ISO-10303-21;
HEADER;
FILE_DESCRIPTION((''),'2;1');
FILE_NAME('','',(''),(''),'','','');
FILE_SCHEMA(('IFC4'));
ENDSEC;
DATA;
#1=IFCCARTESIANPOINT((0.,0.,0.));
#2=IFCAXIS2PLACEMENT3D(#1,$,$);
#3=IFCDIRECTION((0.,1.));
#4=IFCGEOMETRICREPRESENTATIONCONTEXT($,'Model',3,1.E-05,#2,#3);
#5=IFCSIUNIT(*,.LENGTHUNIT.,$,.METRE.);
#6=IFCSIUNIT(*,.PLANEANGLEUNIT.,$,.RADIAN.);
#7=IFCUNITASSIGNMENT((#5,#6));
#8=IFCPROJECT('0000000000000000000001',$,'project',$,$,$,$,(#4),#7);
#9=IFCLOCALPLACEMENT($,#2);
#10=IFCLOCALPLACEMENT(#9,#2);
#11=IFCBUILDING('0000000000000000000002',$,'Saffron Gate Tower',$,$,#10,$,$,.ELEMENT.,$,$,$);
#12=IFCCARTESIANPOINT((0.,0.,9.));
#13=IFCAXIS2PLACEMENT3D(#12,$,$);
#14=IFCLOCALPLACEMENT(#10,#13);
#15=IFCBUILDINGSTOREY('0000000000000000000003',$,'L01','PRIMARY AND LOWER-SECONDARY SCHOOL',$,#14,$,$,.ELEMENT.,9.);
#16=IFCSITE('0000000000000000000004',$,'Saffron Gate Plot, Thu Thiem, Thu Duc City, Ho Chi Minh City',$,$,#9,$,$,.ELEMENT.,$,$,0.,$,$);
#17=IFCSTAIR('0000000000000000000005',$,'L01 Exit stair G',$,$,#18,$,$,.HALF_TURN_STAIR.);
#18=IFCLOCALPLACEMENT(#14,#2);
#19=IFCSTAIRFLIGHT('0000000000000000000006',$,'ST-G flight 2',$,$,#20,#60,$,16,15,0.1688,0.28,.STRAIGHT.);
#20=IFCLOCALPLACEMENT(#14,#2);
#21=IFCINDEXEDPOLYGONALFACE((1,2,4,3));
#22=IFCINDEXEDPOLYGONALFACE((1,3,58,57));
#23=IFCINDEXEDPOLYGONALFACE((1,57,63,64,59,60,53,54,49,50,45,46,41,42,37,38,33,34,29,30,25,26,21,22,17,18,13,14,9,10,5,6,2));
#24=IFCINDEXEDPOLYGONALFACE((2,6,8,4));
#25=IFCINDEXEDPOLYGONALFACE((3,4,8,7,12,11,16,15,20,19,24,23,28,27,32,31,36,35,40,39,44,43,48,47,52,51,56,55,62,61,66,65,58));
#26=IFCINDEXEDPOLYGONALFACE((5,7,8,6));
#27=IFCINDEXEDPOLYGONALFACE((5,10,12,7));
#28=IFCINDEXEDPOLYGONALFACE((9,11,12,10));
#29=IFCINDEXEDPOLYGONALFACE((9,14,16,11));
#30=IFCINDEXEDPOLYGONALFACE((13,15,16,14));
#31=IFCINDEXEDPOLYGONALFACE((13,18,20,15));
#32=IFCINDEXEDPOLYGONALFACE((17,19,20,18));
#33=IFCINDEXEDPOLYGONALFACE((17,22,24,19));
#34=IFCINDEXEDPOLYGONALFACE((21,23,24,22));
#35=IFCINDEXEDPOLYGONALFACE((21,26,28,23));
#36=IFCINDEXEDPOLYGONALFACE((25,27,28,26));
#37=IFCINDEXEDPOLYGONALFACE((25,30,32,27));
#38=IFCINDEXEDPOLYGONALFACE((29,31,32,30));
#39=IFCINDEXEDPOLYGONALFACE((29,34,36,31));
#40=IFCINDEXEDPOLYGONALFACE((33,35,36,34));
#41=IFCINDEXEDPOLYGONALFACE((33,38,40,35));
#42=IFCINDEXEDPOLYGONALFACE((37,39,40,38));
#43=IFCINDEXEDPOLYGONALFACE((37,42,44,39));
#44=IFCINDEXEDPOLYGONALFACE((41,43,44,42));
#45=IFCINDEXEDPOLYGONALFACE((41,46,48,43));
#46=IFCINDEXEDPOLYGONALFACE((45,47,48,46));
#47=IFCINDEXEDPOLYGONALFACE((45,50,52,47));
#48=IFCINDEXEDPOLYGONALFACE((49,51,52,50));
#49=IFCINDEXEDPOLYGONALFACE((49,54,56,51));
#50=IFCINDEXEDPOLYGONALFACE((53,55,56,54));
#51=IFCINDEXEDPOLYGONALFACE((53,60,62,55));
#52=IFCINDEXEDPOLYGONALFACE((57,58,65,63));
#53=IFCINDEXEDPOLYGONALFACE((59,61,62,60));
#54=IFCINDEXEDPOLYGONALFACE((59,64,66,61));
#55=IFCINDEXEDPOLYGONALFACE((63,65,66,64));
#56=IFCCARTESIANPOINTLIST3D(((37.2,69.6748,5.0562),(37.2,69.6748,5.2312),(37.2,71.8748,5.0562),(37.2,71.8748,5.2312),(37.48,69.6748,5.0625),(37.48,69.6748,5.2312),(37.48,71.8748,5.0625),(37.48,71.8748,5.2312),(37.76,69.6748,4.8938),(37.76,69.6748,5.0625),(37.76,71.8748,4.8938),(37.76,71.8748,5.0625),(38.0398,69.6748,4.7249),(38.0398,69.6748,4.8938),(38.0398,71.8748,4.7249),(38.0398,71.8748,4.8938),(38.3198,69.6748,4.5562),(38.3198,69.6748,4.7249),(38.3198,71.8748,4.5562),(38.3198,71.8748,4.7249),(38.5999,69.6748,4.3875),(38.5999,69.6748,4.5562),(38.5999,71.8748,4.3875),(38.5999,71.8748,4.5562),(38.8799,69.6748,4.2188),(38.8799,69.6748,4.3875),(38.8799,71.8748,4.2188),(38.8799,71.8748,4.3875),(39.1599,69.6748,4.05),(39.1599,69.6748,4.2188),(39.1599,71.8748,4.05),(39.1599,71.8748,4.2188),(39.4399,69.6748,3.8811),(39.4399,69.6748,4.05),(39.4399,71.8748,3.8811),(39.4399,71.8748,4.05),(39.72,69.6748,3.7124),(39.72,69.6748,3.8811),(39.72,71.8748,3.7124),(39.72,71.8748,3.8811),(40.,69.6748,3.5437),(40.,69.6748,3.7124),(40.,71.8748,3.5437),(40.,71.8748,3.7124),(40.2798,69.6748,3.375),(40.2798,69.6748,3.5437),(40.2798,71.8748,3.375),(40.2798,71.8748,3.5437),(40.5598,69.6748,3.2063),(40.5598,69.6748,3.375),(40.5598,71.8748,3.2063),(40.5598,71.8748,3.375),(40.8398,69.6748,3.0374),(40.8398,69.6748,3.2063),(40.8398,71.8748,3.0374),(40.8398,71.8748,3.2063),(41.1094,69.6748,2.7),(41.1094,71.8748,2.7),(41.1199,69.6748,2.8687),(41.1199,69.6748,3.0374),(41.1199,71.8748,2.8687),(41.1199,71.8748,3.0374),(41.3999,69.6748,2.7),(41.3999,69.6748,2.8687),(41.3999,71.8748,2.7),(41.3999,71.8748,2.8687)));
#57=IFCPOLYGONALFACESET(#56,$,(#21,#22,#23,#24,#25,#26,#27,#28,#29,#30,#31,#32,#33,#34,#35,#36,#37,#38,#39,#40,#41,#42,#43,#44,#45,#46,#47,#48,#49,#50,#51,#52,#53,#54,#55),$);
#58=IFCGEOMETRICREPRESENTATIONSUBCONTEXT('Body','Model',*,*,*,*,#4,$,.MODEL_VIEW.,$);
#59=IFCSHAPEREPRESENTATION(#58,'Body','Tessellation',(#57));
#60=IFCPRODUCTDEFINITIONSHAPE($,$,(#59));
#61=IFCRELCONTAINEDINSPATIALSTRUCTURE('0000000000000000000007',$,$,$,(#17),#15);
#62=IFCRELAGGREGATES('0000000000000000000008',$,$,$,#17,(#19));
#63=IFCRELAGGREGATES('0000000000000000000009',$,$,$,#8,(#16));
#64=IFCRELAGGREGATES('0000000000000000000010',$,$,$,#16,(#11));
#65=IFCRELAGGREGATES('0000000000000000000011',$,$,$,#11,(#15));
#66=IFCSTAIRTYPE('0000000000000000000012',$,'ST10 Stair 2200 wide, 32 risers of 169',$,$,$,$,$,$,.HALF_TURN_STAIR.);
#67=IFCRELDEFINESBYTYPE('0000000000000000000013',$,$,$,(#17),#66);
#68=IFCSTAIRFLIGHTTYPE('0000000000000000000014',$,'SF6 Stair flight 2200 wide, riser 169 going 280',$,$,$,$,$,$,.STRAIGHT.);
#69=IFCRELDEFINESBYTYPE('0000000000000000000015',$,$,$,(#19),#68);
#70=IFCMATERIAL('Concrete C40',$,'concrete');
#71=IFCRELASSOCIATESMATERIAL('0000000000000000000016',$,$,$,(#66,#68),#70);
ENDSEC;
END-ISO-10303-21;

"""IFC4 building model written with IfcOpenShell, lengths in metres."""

from ifc_helpers import new_model, si_unit, direction, frame, origin, place, context, subcontext, project, spatial, polyline, outline, extrude, material, type_object, element, aggregate, save


model = new_model("IFC4")

# Units and contexts
model_context = context("Model", 3, precision=1e-05, world=origin(), true_north=direction((0.0, 1.0)))
body_context = subcontext(model_context, "Body", "Model", "MODEL_VIEW")
ifc_project = project(units=[si_unit("LENGTHUNIT", "METRE"), si_unit("PLANEANGLEUNIT", "RADIAN")], contexts=[model_context])

# Site, building, storey
site_placement = place(None, origin())
site = spatial("IfcSite", under=ifc_project, at=site_placement, Name="Saffron Gate Plot, Thu Thiem, Thu Duc City, Ho Chi Minh City", CompositionType="ELEMENT", RefElevation=0.0)
building_placement = place(site_placement, origin())
building = spatial("IfcBuilding", under=site, at=building_placement, Name="Saffron Gate Tower", CompositionType="ELEMENT")
storey_placement = place(building_placement, frame((0.0, 0.0, 9.0)))
storey = spatial("IfcBuildingStorey", under=building, at=storey_placement, Name="L01", Description="PRIMARY AND LOWER-SECONDARY SCHOOL", CompositionType="ELEMENT", Elevation=9.0)

# Stair, stair flight
ifc_material_1 = material(Name="Concrete C40", Category="concrete")
stair_type = type_object("IfcStairType", Name="ST10 Stair 2200 wide, 32 risers of 169", PredefinedType="HALF_TURN_STAIR", material=ifc_material_1)
stair_placement = place(storey_placement, origin())
stair = element("IfcStair", 1, at=stair_placement, inside=storey, type_object=stair_type, Name="L01 Exit stair G", PredefinedType="HALF_TURN_STAIR")
stair_flight_type = type_object("IfcStairFlightType", Name="SF6 Stair flight 2200 wide, riser 169 going 280", PredefinedType="STRAIGHT", material=ifc_material_1)
stair_flight_1_placement = place(storey_placement, frame((41.3999, 70.7749, 2.7), z_axis=(0.0, 0.0, 1.0), x_axis=(-1.0, 0.0, 0.0)))
stair_flight_1 = element("IfcStairFlight", 2, at=stair_flight_1_placement, type_object=stair_flight_type, Name="ST-G flight 2", NumberOfRisers=16, NumberOfTreads=15, PredefinedType="STRAIGHT", RiserHeight=0.1688, TreadLength=0.28, context=body_context, shape_type="SweptSolid", body=[
    extrude(outline(polyline([(0.0, 0.0), (0.0, 0.1687), (0.28, 0.1687), (0.28, 0.3374), (0.5601, 0.3374), (0.5601, 0.5063), (0.8401, 0.5063), (0.8401, 0.675), (1.1201, 0.675), (1.1201, 0.8438), (1.3999, 0.8438), (1.3999, 1.0125), (1.6799, 1.0125), (1.6799, 1.1812), (1.96, 1.1812), (1.96, 1.3501), (2.24, 1.3501), (2.24, 1.5188), (2.52, 1.5188), (2.52, 1.6875), (2.8, 1.6875), (2.8, 1.8562), (3.0801, 1.8562), (3.0801, 2.0249), (3.3601, 2.0249), (3.3601, 2.1938), (3.6399, 2.1938), (3.6399, 2.3625), (3.9199, 2.3625), (3.9199, 2.5312), (4.2, 2.5312), (4.2, 2.7), (4.2, 2.3562), (0.2905, 0.0), (0.0, 0.0)])), frame((0.0, 1.1001, 0.0), z_axis=(0.0, -1.0, 0.0), x_axis=(1.0, 0.0, 0.0)), (0.0, 0.0, 1.0), 2.2),
])
aggregate(stair, [stair_flight_1])

save(model, "model.ifc")
